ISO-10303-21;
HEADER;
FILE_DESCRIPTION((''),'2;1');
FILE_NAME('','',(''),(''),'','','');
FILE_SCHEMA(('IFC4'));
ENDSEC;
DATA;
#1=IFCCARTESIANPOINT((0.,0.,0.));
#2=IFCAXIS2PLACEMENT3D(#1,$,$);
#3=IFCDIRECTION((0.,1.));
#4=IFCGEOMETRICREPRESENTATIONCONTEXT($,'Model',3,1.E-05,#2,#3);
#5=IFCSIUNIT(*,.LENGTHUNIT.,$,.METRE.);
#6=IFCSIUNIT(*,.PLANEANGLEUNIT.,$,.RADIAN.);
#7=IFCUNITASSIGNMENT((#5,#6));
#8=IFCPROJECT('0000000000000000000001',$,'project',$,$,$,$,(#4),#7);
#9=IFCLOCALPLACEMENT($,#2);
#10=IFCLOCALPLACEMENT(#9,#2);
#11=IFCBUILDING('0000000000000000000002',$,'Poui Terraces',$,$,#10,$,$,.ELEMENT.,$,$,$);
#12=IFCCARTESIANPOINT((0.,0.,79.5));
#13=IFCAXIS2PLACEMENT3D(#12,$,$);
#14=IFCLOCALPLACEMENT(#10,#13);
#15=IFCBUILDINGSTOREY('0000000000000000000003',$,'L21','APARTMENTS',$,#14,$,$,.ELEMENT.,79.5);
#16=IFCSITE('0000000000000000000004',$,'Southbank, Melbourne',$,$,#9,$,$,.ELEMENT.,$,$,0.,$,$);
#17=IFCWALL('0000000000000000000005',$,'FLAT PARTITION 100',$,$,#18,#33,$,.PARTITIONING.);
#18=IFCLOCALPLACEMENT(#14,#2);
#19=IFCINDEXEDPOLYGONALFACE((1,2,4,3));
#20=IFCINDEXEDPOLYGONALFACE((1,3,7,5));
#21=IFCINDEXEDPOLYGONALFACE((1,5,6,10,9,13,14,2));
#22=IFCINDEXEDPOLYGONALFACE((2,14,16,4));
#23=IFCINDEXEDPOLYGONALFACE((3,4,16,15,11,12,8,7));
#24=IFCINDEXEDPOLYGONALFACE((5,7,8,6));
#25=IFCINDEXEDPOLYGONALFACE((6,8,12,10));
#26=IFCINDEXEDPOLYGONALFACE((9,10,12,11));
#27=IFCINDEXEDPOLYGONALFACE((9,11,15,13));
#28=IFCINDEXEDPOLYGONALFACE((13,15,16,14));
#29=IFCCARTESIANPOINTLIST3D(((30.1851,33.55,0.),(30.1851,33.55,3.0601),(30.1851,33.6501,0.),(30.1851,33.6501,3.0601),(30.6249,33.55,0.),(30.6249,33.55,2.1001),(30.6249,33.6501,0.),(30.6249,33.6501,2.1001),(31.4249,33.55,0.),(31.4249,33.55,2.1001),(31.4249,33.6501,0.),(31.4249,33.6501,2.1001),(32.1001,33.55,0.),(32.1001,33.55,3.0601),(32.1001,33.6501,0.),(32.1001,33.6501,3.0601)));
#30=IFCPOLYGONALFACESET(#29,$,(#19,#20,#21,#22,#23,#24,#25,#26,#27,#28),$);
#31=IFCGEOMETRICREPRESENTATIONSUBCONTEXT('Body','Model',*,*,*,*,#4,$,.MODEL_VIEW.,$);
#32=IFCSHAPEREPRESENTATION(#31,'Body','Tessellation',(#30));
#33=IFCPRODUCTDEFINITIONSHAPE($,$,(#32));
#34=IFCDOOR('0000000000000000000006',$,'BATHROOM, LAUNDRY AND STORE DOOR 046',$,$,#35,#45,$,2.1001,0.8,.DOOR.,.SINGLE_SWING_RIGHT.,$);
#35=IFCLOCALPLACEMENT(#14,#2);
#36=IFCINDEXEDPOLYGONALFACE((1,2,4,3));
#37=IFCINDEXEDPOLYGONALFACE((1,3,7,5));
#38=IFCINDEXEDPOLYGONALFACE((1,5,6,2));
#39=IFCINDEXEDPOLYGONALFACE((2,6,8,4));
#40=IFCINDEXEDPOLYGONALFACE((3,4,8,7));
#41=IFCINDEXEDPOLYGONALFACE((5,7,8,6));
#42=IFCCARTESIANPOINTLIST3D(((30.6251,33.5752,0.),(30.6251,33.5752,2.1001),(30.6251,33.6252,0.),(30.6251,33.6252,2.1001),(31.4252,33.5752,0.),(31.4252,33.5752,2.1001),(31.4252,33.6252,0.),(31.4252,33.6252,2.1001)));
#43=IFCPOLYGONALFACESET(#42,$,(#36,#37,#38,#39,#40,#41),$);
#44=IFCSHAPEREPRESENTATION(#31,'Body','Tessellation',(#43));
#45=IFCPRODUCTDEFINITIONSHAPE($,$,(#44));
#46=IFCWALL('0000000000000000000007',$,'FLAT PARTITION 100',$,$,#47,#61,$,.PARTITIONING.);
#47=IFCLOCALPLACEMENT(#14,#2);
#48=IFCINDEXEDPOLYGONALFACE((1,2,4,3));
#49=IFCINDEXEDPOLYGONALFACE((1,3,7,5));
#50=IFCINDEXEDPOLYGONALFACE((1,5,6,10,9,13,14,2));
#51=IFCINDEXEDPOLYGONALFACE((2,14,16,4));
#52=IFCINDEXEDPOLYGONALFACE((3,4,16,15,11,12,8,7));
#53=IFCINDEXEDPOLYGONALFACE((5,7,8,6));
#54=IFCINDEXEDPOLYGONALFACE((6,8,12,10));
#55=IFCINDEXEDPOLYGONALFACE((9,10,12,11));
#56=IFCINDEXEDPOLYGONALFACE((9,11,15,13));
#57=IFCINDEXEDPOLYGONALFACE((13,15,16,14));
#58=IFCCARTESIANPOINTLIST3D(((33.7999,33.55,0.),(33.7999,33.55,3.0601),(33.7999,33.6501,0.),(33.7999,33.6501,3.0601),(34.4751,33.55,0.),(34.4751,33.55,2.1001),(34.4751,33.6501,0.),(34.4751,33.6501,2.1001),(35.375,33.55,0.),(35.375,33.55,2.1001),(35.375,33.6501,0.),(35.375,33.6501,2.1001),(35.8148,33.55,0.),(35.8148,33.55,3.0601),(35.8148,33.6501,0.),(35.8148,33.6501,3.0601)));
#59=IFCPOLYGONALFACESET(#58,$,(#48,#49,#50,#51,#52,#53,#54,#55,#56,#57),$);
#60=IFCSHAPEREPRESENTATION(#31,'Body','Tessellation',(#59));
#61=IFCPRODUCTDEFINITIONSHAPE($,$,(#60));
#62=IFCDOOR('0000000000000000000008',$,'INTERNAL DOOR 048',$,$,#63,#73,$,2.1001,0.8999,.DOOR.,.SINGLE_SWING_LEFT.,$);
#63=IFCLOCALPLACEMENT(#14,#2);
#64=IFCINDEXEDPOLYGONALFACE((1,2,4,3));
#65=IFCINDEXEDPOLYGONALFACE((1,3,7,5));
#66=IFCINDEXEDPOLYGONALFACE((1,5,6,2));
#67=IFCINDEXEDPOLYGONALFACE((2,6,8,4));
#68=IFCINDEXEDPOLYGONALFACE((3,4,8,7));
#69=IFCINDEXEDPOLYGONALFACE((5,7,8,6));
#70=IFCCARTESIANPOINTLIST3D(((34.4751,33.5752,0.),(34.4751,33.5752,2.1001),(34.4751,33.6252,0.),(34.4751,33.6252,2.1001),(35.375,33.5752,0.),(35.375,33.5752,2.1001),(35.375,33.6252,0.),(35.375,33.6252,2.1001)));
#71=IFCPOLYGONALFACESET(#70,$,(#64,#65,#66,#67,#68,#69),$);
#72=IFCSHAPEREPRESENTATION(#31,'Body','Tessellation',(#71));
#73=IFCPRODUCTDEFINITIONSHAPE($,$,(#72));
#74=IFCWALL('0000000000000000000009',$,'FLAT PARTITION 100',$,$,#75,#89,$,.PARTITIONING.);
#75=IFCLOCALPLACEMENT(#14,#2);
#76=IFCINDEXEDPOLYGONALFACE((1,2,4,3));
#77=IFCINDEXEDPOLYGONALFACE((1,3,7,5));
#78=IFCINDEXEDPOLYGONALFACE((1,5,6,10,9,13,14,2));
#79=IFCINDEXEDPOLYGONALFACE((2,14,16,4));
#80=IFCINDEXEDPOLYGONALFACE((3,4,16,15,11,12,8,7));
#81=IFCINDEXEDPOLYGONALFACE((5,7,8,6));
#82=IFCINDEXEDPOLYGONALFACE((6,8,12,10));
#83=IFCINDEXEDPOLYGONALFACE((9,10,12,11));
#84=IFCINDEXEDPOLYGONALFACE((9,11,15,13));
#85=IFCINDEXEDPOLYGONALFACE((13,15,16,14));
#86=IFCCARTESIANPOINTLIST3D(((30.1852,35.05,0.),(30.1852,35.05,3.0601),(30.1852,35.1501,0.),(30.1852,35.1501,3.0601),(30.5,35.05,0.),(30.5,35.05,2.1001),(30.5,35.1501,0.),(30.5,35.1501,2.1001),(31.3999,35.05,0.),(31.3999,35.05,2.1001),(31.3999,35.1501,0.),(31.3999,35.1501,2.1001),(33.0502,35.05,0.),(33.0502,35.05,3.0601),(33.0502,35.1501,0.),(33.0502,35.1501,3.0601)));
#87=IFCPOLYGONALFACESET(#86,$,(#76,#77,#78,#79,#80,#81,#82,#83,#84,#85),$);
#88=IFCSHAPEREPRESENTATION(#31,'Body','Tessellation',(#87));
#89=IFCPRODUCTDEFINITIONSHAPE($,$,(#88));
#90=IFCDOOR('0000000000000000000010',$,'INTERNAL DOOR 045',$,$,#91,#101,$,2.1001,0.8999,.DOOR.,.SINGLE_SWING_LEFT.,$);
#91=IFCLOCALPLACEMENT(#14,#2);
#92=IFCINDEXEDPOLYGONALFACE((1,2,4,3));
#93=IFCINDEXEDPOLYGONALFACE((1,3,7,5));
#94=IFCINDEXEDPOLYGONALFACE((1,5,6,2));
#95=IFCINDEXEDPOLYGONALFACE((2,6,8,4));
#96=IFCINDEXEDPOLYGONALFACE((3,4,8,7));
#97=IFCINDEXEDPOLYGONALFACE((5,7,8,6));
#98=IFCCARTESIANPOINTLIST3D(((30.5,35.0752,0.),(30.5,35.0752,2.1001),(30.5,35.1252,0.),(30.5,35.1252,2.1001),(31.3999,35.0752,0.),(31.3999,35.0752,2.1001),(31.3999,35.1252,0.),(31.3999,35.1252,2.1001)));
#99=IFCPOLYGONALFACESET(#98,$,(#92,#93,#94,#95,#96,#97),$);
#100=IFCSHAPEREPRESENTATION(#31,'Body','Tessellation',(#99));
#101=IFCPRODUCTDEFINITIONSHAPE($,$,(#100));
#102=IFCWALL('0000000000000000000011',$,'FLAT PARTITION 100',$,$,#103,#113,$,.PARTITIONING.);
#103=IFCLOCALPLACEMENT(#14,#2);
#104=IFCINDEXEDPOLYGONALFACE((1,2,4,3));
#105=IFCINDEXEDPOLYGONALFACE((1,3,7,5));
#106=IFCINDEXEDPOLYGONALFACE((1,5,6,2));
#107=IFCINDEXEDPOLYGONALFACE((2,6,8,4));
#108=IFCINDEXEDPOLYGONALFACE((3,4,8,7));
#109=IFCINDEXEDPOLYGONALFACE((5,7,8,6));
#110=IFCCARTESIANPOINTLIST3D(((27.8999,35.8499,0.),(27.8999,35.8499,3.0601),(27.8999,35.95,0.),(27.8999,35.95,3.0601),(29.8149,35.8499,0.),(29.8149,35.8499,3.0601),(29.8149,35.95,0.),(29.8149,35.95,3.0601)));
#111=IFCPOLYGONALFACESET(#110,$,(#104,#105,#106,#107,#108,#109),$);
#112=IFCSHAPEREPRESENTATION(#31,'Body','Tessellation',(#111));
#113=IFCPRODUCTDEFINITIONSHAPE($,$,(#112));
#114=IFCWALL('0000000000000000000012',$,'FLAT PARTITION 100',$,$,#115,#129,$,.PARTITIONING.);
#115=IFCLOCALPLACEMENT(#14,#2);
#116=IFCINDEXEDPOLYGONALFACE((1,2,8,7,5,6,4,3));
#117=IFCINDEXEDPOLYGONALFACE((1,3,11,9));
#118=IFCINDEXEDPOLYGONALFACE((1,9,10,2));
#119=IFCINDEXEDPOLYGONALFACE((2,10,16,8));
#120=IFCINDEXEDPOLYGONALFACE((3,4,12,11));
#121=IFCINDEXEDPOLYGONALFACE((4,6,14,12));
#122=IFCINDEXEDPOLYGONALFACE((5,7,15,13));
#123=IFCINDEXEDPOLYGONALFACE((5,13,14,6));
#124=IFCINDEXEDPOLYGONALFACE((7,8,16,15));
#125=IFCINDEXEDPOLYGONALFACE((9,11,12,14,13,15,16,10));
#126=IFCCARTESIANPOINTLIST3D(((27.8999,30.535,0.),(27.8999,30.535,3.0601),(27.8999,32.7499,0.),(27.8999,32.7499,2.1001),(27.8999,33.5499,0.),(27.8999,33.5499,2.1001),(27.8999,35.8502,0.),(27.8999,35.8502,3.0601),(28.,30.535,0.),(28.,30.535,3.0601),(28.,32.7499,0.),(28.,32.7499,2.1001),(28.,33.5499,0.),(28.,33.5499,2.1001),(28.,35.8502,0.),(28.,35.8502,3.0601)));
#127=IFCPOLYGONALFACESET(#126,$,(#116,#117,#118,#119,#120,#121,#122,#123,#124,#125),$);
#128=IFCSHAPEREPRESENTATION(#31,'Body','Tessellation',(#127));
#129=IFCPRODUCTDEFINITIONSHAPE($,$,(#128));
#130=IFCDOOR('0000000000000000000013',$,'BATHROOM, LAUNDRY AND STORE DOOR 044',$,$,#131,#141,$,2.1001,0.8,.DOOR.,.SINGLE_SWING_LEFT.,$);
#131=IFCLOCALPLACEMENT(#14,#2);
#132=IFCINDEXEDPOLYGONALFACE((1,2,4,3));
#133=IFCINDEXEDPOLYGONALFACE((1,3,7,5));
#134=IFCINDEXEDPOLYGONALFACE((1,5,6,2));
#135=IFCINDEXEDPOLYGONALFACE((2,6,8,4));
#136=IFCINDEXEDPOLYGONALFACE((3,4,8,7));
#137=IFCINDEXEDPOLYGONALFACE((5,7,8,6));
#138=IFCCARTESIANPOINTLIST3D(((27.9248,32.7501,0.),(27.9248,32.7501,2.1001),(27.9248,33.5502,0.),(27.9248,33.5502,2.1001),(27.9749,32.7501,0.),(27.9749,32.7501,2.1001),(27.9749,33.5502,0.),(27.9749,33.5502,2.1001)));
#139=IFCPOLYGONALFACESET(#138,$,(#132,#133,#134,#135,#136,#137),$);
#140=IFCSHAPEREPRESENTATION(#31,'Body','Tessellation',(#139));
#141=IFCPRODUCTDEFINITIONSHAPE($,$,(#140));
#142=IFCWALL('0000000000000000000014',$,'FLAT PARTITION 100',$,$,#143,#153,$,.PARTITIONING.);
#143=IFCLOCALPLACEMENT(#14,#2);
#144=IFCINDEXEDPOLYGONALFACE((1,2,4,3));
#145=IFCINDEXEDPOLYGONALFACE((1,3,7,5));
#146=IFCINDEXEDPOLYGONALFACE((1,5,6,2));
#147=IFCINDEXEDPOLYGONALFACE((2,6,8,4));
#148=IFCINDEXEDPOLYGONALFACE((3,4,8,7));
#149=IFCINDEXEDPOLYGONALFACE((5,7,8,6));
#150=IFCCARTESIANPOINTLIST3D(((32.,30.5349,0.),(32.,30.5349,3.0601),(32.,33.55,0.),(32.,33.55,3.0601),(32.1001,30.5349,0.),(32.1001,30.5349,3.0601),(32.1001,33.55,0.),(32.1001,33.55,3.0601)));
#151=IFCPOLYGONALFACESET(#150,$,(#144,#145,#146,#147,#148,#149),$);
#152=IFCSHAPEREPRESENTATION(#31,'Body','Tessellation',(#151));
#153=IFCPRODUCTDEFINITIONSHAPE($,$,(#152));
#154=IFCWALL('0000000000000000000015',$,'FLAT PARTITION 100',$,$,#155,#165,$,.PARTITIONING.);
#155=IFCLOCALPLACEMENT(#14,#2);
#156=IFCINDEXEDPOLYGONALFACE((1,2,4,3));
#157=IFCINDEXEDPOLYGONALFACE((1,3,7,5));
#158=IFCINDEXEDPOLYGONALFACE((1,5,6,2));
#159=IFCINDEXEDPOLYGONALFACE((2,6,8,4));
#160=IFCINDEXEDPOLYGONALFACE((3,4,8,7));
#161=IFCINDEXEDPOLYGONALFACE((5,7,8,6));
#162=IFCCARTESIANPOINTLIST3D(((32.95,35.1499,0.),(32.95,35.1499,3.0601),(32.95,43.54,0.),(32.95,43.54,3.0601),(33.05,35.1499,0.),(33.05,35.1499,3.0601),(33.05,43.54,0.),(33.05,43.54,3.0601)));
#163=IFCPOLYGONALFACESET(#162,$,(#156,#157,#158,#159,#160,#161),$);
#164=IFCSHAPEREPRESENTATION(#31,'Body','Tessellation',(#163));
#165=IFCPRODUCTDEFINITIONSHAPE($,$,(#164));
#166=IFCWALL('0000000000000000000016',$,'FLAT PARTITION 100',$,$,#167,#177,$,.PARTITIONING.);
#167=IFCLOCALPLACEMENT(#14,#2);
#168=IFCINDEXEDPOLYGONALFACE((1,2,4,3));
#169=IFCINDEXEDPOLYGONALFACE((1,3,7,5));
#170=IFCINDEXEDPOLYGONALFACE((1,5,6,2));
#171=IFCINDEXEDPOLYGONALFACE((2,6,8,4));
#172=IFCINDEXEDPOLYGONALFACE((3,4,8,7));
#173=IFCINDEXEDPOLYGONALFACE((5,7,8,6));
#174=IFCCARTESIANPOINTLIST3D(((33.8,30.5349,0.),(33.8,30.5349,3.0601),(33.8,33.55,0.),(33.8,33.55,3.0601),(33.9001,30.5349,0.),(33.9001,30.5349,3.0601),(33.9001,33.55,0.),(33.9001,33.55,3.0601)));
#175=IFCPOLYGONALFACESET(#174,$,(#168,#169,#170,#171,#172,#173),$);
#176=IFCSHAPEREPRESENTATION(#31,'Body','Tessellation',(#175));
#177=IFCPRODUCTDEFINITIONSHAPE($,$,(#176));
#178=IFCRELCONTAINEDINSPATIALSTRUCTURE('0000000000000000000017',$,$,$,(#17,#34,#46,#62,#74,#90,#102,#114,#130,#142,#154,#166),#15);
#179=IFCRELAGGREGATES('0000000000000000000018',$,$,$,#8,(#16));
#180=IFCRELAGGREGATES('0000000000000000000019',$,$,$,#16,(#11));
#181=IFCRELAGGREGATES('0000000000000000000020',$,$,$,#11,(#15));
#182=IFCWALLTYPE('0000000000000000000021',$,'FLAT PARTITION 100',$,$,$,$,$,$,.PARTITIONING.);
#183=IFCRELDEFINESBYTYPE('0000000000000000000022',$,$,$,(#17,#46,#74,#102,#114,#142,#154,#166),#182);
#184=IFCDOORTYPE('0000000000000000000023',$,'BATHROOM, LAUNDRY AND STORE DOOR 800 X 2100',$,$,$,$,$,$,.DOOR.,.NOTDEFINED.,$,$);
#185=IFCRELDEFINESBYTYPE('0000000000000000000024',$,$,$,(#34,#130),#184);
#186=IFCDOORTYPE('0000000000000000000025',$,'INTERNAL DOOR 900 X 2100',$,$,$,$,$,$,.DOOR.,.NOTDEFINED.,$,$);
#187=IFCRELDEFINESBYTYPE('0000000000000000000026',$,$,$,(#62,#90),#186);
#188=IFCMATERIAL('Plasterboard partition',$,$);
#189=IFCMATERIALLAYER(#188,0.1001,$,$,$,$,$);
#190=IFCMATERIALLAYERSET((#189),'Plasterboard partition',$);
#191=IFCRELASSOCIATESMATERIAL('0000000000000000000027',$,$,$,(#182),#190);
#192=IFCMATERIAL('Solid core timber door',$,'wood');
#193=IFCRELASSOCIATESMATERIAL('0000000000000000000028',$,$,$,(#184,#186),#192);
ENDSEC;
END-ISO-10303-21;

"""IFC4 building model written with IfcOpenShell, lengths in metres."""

from ifc_helpers import new_model, si_unit, direction, frame, frame_2d, origin, place, context, subcontext, project, spatial, rectangle, extrude, material, layer, layer_set, type_object, element, fill, save


model = new_model("IFC4")

# Units and contexts
model_context = context("Model", 3, precision=1e-05, world=origin(), true_north=direction((0.0, 1.0)))
body_context = subcontext(model_context, "Body", "Model", "MODEL_VIEW")
ifc_project = project(units=[si_unit("LENGTHUNIT", "METRE"), si_unit("PLANEANGLEUNIT", "RADIAN")], contexts=[model_context])

# Site, building, storey
site_placement = place(None, origin())
site = spatial("IfcSite", under=ifc_project, at=site_placement, Name="Southbank, Melbourne", CompositionType="ELEMENT", RefElevation=0.0)
building_placement = place(site_placement, origin())
building = spatial("IfcBuilding", under=site, at=building_placement, Name="Poui Terraces", CompositionType="ELEMENT")
storey_placement = place(building_placement, frame((0.0, 0.0, 79.5)))
storey = spatial("IfcBuildingStorey", under=building, at=storey_placement, Name="L21", Description="APARTMENTS", CompositionType="ELEMENT", Elevation=79.5)

# Walls, openings, doors
ifc_material_1 = material(Name="Plasterboard partition")
ifc_layer_1 = layer(ifc_material_1, 0.1001)
ifc_layer_set_1 = layer_set([ifc_layer_1], Name="Plasterboard partition")
wall_type_1 = type_object("IfcWallType", Name="FLAT PARTITION 100", PredefinedType="PARTITIONING", material=ifc_layer_set_1)
wall_1_placement = place(storey_placement, frame((30.1851, 33.6001, 0.0), z_axis=(0.0, 0.0, 1.0), x_axis=(1.0, 0.0, 0.0)))
wall_1 = element("IfcWall", 1, at=wall_1_placement, inside=storey, type_object=wall_type_1, Name="FLAT PARTITION 100", PredefinedType="PARTITIONING", context=body_context, shape_type="SweptSolid", body=[
    extrude(rectangle(XDim=1.915, YDim=0.1001, at=frame_2d((0.9575, 0.0))), origin(), (0.0, 0.0, 1.0), 3.0601),
])
opening_1_placement = place(wall_1_placement, frame((0.4399, 0.0, 0.0)))
opening_1 = element("IfcOpeningElement", 2, at=opening_1_placement, cuts=wall_1, PredefinedType="OPENING", context=body_context, shape_type="SweptSolid", body=[
    extrude(rectangle(XDim=0.8, YDim=2.1001, at=frame_2d((0.3999, 1.05))), frame((0.0, 0.0601, 0.0), z_axis=(0.0, -1.0, 0.0), x_axis=(1.0, 0.0, 0.0)), (0.0, 0.0, 1.0), 0.1201),
])
ifc_material_2 = material(Name="Solid core timber door", Category="wood")
door_type_1 = type_object("IfcDoorType", Name="BATHROOM, LAUNDRY AND STORE DOOR 800 X 2100", OperationType="NOTDEFINED", PredefinedType="DOOR", material=ifc_material_2)
door_1_placement = place(opening_1_placement, frame((0.8, 0.0, 0.0), z_axis=(0.0, 0.0, 1.0), x_axis=(-1.0, 0.0, 0.0)))
door_1 = element("IfcDoor", 3, at=door_1_placement, inside=storey, type_object=door_type_1, Name="BATHROOM, LAUNDRY AND STORE DOOR 046", OperationType="SINGLE_SWING_RIGHT", OverallHeight=2.1001, OverallWidth=0.8, PredefinedType="DOOR", context=body_context, shape_type="SweptSolid", body=[
    extrude(rectangle(XDim=0.8, YDim=2.1001, at=frame_2d((0.3999, 1.05))), frame((0.0, 0.0249, 0.0), z_axis=(0.0, -1.0, 0.0), x_axis=(1.0, 0.0, 0.0)), (0.0, 0.0, 1.0), 0.05),
])
fill(opening_1, door_1)
wall_2_placement = place(storey_placement, frame((33.8, 33.6001, 0.0), z_axis=(0.0, 0.0, 1.0), x_axis=(1.0, 0.0, 0.0)))
wall_2 = element("IfcWall", 4, at=wall_2_placement, inside=storey, type_object=wall_type_1, Name="FLAT PARTITION 100", PredefinedType="PARTITIONING", context=body_context, shape_type="SweptSolid", body=[
    extrude(rectangle(XDim=2.0149, YDim=0.1001, at=frame_2d((1.0073, 0.0))), origin(), (0.0, 0.0, 1.0), 3.0601),
])
opening_2_placement = place(wall_2_placement, frame((0.675, 0.0, 0.0)))
opening_2 = element("IfcOpeningElement", 5, at=opening_2_placement, cuts=wall_2, PredefinedType="OPENING", context=body_context, shape_type="SweptSolid", body=[
    extrude(rectangle(XDim=0.8999, YDim=2.1001, at=frame_2d((0.45, 1.05))), frame((0.0, 0.0601, 0.0), z_axis=(0.0, -1.0, 0.0), x_axis=(1.0, 0.0, 0.0)), (0.0, 0.0, 1.0), 0.1201),
])
door_type_2 = type_object("IfcDoorType", Name="INTERNAL DOOR 900 X 2100", OperationType="NOTDEFINED", PredefinedType="DOOR", material=ifc_material_2)
door_2_placement = place(opening_2_placement, frame((0.8999, 0.0, 0.0), z_axis=(0.0, 0.0, 1.0), x_axis=(-1.0, 0.0, 0.0)))
door_2 = element("IfcDoor", 6, at=door_2_placement, inside=storey, type_object=door_type_2, Name="INTERNAL DOOR 048", OperationType="SINGLE_SWING_LEFT", OverallHeight=2.1001, OverallWidth=0.8999, PredefinedType="DOOR", context=body_context, shape_type="SweptSolid", body=[
    extrude(rectangle(XDim=0.8999, YDim=2.1001, at=frame_2d((0.45, 1.05))), frame((0.0, 0.0249, 0.0), z_axis=(0.0, -1.0, 0.0), x_axis=(1.0, 0.0, 0.0)), (0.0, 0.0, 1.0), 0.05),
])
fill(opening_2, door_2)
wall_3_placement = place(storey_placement, frame((30.1851, 35.1001, 0.0), z_axis=(0.0, 0.0, 1.0), x_axis=(1.0, 0.0, 0.0)))
wall_3 = element("IfcWall", 7, at=wall_3_placement, inside=storey, type_object=wall_type_1, Name="FLAT PARTITION 100", PredefinedType="PARTITIONING", context=body_context, shape_type="SweptSolid", body=[
    extrude(rectangle(XDim=2.865, YDim=0.1001, at=frame_2d((1.4326, 0.0))), origin(), (0.0, 0.0, 1.0), 3.0601),
])
opening_3_placement = place(wall_3_placement, frame((0.3149, 0.0, 0.0)))
opening_3 = element("IfcOpeningElement", 8, at=opening_3_placement, cuts=wall_3, PredefinedType="OPENING", context=body_context, shape_type="SweptSolid", body=[
    extrude(rectangle(XDim=0.8999, YDim=2.1001, at=frame_2d((0.45, 1.05))), frame((0.0, 0.0601, 0.0), z_axis=(0.0, -1.0, 0.0), x_axis=(1.0, 0.0, 0.0)), (0.0, 0.0, 1.0), 0.1201),
])
door_3_placement = place(opening_3_placement, frame((0.8999, 0.0, 0.0), z_axis=(0.0, 0.0, 1.0), x_axis=(-1.0, 0.0, 0.0)))
door_3 = element("IfcDoor", 9, at=door_3_placement, inside=storey, type_object=door_type_2, Name="INTERNAL DOOR 045", OperationType="SINGLE_SWING_LEFT", OverallHeight=2.1001, OverallWidth=0.8999, PredefinedType="DOOR", context=body_context, shape_type="SweptSolid", body=[
    extrude(rectangle(XDim=0.8999, YDim=2.1001, at=frame_2d((0.45, 1.05))), frame((0.0, 0.0249, 0.0), z_axis=(0.0, -1.0, 0.0), x_axis=(1.0, 0.0, 0.0)), (0.0, 0.0, 1.0), 0.05),
])
fill(opening_3, door_3)

# Wall
wall_4_placement = place(storey_placement, frame((27.8999, 35.8999, 0.0), z_axis=(0.0, 0.0, 1.0), x_axis=(1.0, 0.0, 0.0)))
element("IfcWall", 10, at=wall_4_placement, inside=storey, type_object=wall_type_1, Name="FLAT PARTITION 100", PredefinedType="PARTITIONING", context=body_context, shape_type="SweptSolid", body=[
    extrude(rectangle(XDim=1.915, YDim=0.1001, at=frame_2d((0.9575, 0.0))), origin(), (0.0, 0.0, 1.0), 3.0601),
])

# Wall, opening, door
wall_5_placement = place(storey_placement, frame((27.95, 30.5349, 0.0), z_axis=(0.0, 0.0, 1.0), x_axis=(0.0, 1.0, 0.0)))
wall_5 = element("IfcWall", 11, at=wall_5_placement, inside=storey, type_object=wall_type_1, Name="FLAT PARTITION 100", PredefinedType="PARTITIONING", context=body_context, shape_type="SweptSolid", body=[
    extrude(rectangle(XDim=5.3152, YDim=0.1001, at=frame_2d((2.6577, 0.0))), origin(), (0.0, 0.0, 1.0), 3.0601),
])
opening_4_placement = place(wall_5_placement, frame((2.2151, 0.0, 0.0)))
opening_4 = element("IfcOpeningElement", 12, at=opening_4_placement, cuts=wall_5, PredefinedType="OPENING", context=body_context, shape_type="SweptSolid", body=[
    extrude(rectangle(XDim=0.8, YDim=2.1001, at=frame_2d((0.3999, 1.05))), frame((0.0, 0.0601, 0.0), z_axis=(0.0, -1.0, 0.0), x_axis=(1.0, 0.0, 0.0)), (0.0, 0.0, 1.0), 0.1201),
])
door_4_placement = place(opening_4_placement, frame((0.8, 0.0, 0.0), z_axis=(0.0, 0.0, 1.0), x_axis=(-1.0, 0.0, 0.0)))
door_4 = element("IfcDoor", 13, at=door_4_placement, inside=storey, type_object=door_type_1, Name="BATHROOM, LAUNDRY AND STORE DOOR 044", OperationType="SINGLE_SWING_LEFT", OverallHeight=2.1001, OverallWidth=0.8, PredefinedType="DOOR", context=body_context, shape_type="SweptSolid", body=[
    extrude(rectangle(XDim=0.8, YDim=2.1001, at=frame_2d((0.3999, 1.05))), frame((0.0, 0.0249, 0.0), z_axis=(0.0, -1.0, 0.0), x_axis=(1.0, 0.0, 0.0)), (0.0, 0.0, 1.0), 0.05),
])
fill(opening_4, door_4)

# Walls
wall_6_placement = place(storey_placement, frame((32.05, 30.5349, 0.0), z_axis=(0.0, 0.0, 1.0), x_axis=(0.0, 1.0, 0.0)))
element("IfcWall", 14, at=wall_6_placement, inside=storey, type_object=wall_type_1, Name="FLAT PARTITION 100", PredefinedType="PARTITIONING", context=body_context, shape_type="SweptSolid", body=[
    extrude(rectangle(XDim=3.0151, YDim=0.1001, at=frame_2d((1.5076, 0.0))), origin(), (0.0, 0.0, 1.0), 3.0601),
])
wall_7_placement = place(storey_placement, frame((33.0, 35.1499, 0.0), z_axis=(0.0, 0.0, 1.0), x_axis=(0.0, 1.0, 0.0)))
element("IfcWall", 15, at=wall_7_placement, inside=storey, type_object=wall_type_1, Name="FLAT PARTITION 100", PredefinedType="PARTITIONING", context=body_context, shape_type="SweptSolid", body=[
    extrude(rectangle(XDim=8.3901, YDim=0.1001, at=frame_2d((4.1951, 0.0))), origin(), (0.0, 0.0, 1.0), 3.0601),
])
wall_8_placement = place(storey_placement, frame((33.8501, 30.5349, 0.0), z_axis=(0.0, 0.0, 1.0), x_axis=(0.0, 1.0, 0.0)))
element("IfcWall", 16, at=wall_8_placement, inside=storey, type_object=wall_type_1, Name="FLAT PARTITION 100", PredefinedType="PARTITIONING", context=body_context, shape_type="SweptSolid", body=[
    extrude(rectangle(XDim=3.0151, YDim=0.1001, at=frame_2d((1.5076, 0.0))), origin(), (0.0, 0.0, 1.0), 3.0601),
])

save(model, "model.ifc")
